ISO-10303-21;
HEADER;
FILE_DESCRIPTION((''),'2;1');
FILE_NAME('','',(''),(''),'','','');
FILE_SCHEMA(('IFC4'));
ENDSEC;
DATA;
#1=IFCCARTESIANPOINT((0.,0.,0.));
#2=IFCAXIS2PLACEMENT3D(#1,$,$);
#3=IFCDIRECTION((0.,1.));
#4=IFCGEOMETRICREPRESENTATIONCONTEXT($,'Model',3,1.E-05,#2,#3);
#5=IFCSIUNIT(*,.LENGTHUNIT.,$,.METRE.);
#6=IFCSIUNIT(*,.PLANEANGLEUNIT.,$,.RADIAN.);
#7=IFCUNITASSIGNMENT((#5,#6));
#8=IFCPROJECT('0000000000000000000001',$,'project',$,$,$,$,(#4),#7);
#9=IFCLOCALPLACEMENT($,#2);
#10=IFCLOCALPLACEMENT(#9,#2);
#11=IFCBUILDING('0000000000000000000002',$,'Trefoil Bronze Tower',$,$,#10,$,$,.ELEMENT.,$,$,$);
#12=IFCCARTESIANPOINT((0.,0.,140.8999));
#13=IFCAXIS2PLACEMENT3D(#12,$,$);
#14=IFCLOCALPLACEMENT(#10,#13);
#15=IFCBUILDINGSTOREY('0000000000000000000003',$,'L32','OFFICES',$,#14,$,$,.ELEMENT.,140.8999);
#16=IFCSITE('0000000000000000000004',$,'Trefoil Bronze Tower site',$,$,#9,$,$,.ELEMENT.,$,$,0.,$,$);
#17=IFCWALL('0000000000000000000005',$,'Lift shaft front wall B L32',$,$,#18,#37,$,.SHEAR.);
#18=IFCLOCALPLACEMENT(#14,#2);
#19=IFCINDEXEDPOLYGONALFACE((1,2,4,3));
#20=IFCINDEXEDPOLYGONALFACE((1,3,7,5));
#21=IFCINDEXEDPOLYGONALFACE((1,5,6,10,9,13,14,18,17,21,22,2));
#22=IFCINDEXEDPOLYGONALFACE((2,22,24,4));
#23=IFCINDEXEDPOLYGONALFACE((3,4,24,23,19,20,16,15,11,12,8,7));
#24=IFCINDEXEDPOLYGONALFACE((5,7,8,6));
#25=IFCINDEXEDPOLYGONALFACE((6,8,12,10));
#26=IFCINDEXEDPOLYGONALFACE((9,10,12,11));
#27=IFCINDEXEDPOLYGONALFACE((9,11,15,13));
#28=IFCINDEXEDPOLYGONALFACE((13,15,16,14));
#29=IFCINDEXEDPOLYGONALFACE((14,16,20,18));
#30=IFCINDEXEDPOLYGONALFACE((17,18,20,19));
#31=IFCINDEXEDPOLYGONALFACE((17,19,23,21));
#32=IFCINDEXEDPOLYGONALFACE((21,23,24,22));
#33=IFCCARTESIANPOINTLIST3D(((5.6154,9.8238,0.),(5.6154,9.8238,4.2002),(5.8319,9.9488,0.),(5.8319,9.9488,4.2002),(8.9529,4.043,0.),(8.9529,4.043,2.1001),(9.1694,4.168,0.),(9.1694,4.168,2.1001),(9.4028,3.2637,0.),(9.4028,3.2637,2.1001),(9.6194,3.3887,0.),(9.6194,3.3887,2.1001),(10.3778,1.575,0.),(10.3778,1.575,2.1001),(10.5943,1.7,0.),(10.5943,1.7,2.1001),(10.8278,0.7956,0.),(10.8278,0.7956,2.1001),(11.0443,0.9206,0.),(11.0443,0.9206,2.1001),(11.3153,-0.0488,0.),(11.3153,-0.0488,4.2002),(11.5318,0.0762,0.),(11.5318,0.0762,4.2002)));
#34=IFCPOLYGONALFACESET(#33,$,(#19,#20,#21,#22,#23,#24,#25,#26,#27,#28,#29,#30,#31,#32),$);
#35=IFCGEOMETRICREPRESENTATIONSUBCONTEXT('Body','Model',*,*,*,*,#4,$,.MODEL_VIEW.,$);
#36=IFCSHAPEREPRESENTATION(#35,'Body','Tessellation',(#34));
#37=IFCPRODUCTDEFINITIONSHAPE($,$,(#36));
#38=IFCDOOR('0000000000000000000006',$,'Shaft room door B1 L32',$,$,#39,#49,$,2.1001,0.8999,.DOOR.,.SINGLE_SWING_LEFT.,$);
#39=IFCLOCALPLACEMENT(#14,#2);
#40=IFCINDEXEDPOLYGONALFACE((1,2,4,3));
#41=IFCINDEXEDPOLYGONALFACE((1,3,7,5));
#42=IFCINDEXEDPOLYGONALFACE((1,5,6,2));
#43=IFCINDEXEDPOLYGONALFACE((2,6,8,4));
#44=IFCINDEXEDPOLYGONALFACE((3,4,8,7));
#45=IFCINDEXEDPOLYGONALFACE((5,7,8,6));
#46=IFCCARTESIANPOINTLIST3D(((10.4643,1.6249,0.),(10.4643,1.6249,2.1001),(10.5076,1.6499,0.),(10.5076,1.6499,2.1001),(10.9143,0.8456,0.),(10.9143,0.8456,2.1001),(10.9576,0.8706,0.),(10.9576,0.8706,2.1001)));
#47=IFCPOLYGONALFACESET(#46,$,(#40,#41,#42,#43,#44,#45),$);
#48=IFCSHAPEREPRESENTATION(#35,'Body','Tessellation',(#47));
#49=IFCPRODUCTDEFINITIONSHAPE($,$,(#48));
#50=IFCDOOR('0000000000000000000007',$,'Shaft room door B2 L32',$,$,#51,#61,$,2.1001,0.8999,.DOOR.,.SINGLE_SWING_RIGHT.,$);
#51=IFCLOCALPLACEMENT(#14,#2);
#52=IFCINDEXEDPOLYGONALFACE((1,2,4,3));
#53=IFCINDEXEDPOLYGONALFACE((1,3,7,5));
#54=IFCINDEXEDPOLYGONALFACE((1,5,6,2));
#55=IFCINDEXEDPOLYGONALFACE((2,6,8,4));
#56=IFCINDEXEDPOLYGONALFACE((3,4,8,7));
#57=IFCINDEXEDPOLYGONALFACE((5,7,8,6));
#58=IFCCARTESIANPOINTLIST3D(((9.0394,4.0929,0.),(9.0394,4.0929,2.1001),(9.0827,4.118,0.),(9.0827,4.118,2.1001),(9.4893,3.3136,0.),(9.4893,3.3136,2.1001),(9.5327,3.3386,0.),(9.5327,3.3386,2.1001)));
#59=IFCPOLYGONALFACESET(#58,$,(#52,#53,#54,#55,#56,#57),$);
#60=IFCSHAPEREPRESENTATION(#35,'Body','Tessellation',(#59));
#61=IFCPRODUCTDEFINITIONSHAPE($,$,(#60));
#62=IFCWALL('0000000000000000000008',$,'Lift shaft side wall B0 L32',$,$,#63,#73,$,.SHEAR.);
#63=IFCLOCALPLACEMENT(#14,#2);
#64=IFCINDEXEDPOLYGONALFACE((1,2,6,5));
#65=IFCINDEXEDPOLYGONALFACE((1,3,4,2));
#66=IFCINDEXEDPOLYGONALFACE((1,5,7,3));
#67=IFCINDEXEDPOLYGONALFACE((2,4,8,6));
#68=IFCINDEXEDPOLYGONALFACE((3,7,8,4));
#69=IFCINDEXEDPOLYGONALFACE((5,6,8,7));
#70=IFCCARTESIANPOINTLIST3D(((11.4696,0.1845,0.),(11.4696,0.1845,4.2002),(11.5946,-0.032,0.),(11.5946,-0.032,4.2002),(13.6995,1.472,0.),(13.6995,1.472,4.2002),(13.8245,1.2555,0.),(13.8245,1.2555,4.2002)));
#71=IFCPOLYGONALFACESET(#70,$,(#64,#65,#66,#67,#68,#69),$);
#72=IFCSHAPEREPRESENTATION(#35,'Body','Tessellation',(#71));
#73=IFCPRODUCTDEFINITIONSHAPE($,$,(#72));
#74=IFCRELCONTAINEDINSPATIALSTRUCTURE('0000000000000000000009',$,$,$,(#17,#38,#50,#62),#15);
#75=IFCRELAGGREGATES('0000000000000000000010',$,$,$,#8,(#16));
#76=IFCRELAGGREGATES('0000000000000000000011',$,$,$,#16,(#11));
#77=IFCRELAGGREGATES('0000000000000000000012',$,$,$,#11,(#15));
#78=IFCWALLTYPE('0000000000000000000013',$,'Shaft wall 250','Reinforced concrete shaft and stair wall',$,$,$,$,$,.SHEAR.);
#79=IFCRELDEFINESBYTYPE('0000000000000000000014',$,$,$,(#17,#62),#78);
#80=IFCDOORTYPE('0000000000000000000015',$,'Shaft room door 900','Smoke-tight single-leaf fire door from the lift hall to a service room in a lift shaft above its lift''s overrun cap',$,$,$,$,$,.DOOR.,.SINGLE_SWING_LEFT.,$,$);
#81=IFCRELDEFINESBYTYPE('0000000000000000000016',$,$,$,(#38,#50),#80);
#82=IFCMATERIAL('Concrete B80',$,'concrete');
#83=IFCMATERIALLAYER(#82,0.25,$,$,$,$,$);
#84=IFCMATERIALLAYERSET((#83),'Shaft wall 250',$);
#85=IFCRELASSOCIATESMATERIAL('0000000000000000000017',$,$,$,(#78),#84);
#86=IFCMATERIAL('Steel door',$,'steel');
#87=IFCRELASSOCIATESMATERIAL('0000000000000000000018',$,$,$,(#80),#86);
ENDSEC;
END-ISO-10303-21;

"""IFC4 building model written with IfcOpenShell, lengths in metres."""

from ifc_helpers import new_model, si_unit, direction, frame, frame_2d, origin, place, context, subcontext, project, spatial, rectangle, extrude, material, layer, layer_set, type_object, element, fill, save


model = new_model("IFC4")

# Units and contexts
model_context = context("Model", 3, precision=1e-05, world=origin(), true_north=direction((0.0, 1.0)))
body_context = subcontext(model_context, "Body", "Model", "MODEL_VIEW")
ifc_project = project(units=[si_unit("LENGTHUNIT", "METRE"), si_unit("PLANEANGLEUNIT", "RADIAN")], contexts=[model_context])

# Site, building, storey
site_placement = place(None, origin())
site = spatial("IfcSite", under=ifc_project, at=site_placement, Name="Trefoil Bronze Tower site", CompositionType="ELEMENT", RefElevation=0.0)
building_placement = place(site_placement, origin())
building = spatial("IfcBuilding", under=site, at=building_placement, Name="Trefoil Bronze Tower", CompositionType="ELEMENT")
storey_placement = place(building_placement, frame((0.0, 0.0, 140.8999)))
storey = spatial("IfcBuildingStorey", under=building, at=storey_placement, Name="L32", Description="OFFICES", CompositionType="ELEMENT", Elevation=140.8999)

# Wall, openings, doors
ifc_material_1 = material(Name="Concrete B80", Category="concrete")
ifc_layer_1 = layer(ifc_material_1, 0.25)
ifc_layer_set_1 = layer_set([ifc_layer_1], Name="Shaft wall 250")
wall_type_1 = type_object("IfcWallType", Name="Shaft wall 250", Description="Reinforced concrete shaft and stair wall", PredefinedType="SHEAR", material=ifc_layer_set_1)
wall_1_placement = place(storey_placement, frame((11.4236, 0.0137, 0.0), z_axis=(0.0, 0.0, 1.0), x_axis=(-0.500002, 0.866024, 0.0)))
wall_1 = element("IfcWall", 1, at=wall_1_placement, inside=storey, type_object=wall_type_1, Name="Lift shaft front wall B L32", PredefinedType="SHEAR", context=body_context, shape_type="SweptSolid", body=[
    extrude(rectangle(XDim=11.3999, YDim=0.25, at=frame_2d((5.7, 0.0))), origin(), (0.0, 0.0, 1.0), 4.2002),
])
opening_1_placement = place(wall_1_placement, frame((0.9751, 0.0, 0.0)))
opening_1 = element("IfcOpeningElement", 2, at=opening_1_placement, cuts=wall_1, PredefinedType="OPENING", context=body_context, shape_type="SweptSolid", body=[
    extrude(rectangle(XDim=0.8999, YDim=2.1001, at=frame_2d((0.45, 1.05))), frame((0.0, 0.135, 0.0), z_axis=(0.0, -1.0, 0.0), x_axis=(1.0, 0.0, 0.0)), (0.0, 0.0, 1.0), 0.27),
])
opening_2_placement = place(wall_1_placement, frame((3.825, 0.0, 0.0)))
opening_2 = element("IfcOpeningElement", 3, at=opening_2_placement, cuts=wall_1, PredefinedType="OPENING", context=body_context, shape_type="SweptSolid", body=[
    extrude(rectangle(XDim=0.8999, YDim=2.1001, at=frame_2d((0.45, 1.05))), frame((0.0, 0.135, 0.0), z_axis=(0.0, -1.0, 0.0), x_axis=(1.0, 0.0, 0.0)), (0.0, 0.0, 1.0), 0.27),
])
ifc_material_2 = material(Name="Steel door", Category="steel")
door_type_1 = type_object("IfcDoorType", Name="Shaft room door 900", Description="Smoke-tight single-leaf fire door from the lift hall to a service room in a lift shaft above its lift's overrun cap", OperationType="SINGLE_SWING_LEFT", PredefinedType="DOOR", material=ifc_material_2)
door_1_placement = place(opening_1_placement, frame((0.8999, 0.0, 0.0), z_axis=(0.0, 0.0, 1.0), x_axis=(-1.0, 0.0, 0.0)))
door_1 = element("IfcDoor", 4, at=door_1_placement, inside=storey, type_object=door_type_1, Name="Shaft room door B1 L32", OperationType="SINGLE_SWING_LEFT", OverallHeight=2.1001, OverallWidth=0.8999, PredefinedType="DOOR", context=body_context, shape_type="SweptSolid", body=[
    extrude(rectangle(XDim=0.8999, YDim=2.1001, at=frame_2d((0.45, 1.05))), frame((0.0, 0.0249, 0.0), z_axis=(0.0, -1.0, 0.0), x_axis=(1.0, 0.0, 0.0)), (0.0, 0.0, 1.0), 0.05),
])
fill(opening_1, door_1)
door_2_placement = place(opening_2_placement, frame((0.8999, 0.0, 0.0), z_axis=(0.0, 0.0, 1.0), x_axis=(-1.0, 0.0, 0.0)))
door_2 = element("IfcDoor", 5, at=door_2_placement, inside=storey, type_object=door_type_1, Name="Shaft room door B2 L32", OperationType="SINGLE_SWING_RIGHT", OverallHeight=2.1001, OverallWidth=0.8999, PredefinedType="DOOR", context=body_context, shape_type="SweptSolid", body=[
    extrude(rectangle(XDim=0.8999, YDim=2.1001, at=frame_2d((0.45, 1.05))), frame((0.0, 0.0249, 0.0), z_axis=(0.0, -1.0, 0.0), x_axis=(1.0, 0.0, 0.0)), (0.0, 0.0, 1.0), 0.05),
])
fill(opening_2, door_2)

# Wall
wall_2_placement = place(storey_placement, frame((11.532, 0.0762, 0.0), z_axis=(0.0, 0.0, 1.0), x_axis=(0.866006, 0.500034, 0.0)))
element("IfcWall", 6, at=wall_2_placement, inside=storey, type_object=wall_type_1, Name="Lift shaft side wall B0 L32", PredefinedType="SHEAR", context=body_context, shape_type="SweptSolid", body=[
    extrude(rectangle(XDim=2.575, YDim=0.25, at=frame_2d((1.2876, 0.0))), origin(), (0.0, 0.0, 1.0), 4.2002),
])

save(model, "model.ifc")
